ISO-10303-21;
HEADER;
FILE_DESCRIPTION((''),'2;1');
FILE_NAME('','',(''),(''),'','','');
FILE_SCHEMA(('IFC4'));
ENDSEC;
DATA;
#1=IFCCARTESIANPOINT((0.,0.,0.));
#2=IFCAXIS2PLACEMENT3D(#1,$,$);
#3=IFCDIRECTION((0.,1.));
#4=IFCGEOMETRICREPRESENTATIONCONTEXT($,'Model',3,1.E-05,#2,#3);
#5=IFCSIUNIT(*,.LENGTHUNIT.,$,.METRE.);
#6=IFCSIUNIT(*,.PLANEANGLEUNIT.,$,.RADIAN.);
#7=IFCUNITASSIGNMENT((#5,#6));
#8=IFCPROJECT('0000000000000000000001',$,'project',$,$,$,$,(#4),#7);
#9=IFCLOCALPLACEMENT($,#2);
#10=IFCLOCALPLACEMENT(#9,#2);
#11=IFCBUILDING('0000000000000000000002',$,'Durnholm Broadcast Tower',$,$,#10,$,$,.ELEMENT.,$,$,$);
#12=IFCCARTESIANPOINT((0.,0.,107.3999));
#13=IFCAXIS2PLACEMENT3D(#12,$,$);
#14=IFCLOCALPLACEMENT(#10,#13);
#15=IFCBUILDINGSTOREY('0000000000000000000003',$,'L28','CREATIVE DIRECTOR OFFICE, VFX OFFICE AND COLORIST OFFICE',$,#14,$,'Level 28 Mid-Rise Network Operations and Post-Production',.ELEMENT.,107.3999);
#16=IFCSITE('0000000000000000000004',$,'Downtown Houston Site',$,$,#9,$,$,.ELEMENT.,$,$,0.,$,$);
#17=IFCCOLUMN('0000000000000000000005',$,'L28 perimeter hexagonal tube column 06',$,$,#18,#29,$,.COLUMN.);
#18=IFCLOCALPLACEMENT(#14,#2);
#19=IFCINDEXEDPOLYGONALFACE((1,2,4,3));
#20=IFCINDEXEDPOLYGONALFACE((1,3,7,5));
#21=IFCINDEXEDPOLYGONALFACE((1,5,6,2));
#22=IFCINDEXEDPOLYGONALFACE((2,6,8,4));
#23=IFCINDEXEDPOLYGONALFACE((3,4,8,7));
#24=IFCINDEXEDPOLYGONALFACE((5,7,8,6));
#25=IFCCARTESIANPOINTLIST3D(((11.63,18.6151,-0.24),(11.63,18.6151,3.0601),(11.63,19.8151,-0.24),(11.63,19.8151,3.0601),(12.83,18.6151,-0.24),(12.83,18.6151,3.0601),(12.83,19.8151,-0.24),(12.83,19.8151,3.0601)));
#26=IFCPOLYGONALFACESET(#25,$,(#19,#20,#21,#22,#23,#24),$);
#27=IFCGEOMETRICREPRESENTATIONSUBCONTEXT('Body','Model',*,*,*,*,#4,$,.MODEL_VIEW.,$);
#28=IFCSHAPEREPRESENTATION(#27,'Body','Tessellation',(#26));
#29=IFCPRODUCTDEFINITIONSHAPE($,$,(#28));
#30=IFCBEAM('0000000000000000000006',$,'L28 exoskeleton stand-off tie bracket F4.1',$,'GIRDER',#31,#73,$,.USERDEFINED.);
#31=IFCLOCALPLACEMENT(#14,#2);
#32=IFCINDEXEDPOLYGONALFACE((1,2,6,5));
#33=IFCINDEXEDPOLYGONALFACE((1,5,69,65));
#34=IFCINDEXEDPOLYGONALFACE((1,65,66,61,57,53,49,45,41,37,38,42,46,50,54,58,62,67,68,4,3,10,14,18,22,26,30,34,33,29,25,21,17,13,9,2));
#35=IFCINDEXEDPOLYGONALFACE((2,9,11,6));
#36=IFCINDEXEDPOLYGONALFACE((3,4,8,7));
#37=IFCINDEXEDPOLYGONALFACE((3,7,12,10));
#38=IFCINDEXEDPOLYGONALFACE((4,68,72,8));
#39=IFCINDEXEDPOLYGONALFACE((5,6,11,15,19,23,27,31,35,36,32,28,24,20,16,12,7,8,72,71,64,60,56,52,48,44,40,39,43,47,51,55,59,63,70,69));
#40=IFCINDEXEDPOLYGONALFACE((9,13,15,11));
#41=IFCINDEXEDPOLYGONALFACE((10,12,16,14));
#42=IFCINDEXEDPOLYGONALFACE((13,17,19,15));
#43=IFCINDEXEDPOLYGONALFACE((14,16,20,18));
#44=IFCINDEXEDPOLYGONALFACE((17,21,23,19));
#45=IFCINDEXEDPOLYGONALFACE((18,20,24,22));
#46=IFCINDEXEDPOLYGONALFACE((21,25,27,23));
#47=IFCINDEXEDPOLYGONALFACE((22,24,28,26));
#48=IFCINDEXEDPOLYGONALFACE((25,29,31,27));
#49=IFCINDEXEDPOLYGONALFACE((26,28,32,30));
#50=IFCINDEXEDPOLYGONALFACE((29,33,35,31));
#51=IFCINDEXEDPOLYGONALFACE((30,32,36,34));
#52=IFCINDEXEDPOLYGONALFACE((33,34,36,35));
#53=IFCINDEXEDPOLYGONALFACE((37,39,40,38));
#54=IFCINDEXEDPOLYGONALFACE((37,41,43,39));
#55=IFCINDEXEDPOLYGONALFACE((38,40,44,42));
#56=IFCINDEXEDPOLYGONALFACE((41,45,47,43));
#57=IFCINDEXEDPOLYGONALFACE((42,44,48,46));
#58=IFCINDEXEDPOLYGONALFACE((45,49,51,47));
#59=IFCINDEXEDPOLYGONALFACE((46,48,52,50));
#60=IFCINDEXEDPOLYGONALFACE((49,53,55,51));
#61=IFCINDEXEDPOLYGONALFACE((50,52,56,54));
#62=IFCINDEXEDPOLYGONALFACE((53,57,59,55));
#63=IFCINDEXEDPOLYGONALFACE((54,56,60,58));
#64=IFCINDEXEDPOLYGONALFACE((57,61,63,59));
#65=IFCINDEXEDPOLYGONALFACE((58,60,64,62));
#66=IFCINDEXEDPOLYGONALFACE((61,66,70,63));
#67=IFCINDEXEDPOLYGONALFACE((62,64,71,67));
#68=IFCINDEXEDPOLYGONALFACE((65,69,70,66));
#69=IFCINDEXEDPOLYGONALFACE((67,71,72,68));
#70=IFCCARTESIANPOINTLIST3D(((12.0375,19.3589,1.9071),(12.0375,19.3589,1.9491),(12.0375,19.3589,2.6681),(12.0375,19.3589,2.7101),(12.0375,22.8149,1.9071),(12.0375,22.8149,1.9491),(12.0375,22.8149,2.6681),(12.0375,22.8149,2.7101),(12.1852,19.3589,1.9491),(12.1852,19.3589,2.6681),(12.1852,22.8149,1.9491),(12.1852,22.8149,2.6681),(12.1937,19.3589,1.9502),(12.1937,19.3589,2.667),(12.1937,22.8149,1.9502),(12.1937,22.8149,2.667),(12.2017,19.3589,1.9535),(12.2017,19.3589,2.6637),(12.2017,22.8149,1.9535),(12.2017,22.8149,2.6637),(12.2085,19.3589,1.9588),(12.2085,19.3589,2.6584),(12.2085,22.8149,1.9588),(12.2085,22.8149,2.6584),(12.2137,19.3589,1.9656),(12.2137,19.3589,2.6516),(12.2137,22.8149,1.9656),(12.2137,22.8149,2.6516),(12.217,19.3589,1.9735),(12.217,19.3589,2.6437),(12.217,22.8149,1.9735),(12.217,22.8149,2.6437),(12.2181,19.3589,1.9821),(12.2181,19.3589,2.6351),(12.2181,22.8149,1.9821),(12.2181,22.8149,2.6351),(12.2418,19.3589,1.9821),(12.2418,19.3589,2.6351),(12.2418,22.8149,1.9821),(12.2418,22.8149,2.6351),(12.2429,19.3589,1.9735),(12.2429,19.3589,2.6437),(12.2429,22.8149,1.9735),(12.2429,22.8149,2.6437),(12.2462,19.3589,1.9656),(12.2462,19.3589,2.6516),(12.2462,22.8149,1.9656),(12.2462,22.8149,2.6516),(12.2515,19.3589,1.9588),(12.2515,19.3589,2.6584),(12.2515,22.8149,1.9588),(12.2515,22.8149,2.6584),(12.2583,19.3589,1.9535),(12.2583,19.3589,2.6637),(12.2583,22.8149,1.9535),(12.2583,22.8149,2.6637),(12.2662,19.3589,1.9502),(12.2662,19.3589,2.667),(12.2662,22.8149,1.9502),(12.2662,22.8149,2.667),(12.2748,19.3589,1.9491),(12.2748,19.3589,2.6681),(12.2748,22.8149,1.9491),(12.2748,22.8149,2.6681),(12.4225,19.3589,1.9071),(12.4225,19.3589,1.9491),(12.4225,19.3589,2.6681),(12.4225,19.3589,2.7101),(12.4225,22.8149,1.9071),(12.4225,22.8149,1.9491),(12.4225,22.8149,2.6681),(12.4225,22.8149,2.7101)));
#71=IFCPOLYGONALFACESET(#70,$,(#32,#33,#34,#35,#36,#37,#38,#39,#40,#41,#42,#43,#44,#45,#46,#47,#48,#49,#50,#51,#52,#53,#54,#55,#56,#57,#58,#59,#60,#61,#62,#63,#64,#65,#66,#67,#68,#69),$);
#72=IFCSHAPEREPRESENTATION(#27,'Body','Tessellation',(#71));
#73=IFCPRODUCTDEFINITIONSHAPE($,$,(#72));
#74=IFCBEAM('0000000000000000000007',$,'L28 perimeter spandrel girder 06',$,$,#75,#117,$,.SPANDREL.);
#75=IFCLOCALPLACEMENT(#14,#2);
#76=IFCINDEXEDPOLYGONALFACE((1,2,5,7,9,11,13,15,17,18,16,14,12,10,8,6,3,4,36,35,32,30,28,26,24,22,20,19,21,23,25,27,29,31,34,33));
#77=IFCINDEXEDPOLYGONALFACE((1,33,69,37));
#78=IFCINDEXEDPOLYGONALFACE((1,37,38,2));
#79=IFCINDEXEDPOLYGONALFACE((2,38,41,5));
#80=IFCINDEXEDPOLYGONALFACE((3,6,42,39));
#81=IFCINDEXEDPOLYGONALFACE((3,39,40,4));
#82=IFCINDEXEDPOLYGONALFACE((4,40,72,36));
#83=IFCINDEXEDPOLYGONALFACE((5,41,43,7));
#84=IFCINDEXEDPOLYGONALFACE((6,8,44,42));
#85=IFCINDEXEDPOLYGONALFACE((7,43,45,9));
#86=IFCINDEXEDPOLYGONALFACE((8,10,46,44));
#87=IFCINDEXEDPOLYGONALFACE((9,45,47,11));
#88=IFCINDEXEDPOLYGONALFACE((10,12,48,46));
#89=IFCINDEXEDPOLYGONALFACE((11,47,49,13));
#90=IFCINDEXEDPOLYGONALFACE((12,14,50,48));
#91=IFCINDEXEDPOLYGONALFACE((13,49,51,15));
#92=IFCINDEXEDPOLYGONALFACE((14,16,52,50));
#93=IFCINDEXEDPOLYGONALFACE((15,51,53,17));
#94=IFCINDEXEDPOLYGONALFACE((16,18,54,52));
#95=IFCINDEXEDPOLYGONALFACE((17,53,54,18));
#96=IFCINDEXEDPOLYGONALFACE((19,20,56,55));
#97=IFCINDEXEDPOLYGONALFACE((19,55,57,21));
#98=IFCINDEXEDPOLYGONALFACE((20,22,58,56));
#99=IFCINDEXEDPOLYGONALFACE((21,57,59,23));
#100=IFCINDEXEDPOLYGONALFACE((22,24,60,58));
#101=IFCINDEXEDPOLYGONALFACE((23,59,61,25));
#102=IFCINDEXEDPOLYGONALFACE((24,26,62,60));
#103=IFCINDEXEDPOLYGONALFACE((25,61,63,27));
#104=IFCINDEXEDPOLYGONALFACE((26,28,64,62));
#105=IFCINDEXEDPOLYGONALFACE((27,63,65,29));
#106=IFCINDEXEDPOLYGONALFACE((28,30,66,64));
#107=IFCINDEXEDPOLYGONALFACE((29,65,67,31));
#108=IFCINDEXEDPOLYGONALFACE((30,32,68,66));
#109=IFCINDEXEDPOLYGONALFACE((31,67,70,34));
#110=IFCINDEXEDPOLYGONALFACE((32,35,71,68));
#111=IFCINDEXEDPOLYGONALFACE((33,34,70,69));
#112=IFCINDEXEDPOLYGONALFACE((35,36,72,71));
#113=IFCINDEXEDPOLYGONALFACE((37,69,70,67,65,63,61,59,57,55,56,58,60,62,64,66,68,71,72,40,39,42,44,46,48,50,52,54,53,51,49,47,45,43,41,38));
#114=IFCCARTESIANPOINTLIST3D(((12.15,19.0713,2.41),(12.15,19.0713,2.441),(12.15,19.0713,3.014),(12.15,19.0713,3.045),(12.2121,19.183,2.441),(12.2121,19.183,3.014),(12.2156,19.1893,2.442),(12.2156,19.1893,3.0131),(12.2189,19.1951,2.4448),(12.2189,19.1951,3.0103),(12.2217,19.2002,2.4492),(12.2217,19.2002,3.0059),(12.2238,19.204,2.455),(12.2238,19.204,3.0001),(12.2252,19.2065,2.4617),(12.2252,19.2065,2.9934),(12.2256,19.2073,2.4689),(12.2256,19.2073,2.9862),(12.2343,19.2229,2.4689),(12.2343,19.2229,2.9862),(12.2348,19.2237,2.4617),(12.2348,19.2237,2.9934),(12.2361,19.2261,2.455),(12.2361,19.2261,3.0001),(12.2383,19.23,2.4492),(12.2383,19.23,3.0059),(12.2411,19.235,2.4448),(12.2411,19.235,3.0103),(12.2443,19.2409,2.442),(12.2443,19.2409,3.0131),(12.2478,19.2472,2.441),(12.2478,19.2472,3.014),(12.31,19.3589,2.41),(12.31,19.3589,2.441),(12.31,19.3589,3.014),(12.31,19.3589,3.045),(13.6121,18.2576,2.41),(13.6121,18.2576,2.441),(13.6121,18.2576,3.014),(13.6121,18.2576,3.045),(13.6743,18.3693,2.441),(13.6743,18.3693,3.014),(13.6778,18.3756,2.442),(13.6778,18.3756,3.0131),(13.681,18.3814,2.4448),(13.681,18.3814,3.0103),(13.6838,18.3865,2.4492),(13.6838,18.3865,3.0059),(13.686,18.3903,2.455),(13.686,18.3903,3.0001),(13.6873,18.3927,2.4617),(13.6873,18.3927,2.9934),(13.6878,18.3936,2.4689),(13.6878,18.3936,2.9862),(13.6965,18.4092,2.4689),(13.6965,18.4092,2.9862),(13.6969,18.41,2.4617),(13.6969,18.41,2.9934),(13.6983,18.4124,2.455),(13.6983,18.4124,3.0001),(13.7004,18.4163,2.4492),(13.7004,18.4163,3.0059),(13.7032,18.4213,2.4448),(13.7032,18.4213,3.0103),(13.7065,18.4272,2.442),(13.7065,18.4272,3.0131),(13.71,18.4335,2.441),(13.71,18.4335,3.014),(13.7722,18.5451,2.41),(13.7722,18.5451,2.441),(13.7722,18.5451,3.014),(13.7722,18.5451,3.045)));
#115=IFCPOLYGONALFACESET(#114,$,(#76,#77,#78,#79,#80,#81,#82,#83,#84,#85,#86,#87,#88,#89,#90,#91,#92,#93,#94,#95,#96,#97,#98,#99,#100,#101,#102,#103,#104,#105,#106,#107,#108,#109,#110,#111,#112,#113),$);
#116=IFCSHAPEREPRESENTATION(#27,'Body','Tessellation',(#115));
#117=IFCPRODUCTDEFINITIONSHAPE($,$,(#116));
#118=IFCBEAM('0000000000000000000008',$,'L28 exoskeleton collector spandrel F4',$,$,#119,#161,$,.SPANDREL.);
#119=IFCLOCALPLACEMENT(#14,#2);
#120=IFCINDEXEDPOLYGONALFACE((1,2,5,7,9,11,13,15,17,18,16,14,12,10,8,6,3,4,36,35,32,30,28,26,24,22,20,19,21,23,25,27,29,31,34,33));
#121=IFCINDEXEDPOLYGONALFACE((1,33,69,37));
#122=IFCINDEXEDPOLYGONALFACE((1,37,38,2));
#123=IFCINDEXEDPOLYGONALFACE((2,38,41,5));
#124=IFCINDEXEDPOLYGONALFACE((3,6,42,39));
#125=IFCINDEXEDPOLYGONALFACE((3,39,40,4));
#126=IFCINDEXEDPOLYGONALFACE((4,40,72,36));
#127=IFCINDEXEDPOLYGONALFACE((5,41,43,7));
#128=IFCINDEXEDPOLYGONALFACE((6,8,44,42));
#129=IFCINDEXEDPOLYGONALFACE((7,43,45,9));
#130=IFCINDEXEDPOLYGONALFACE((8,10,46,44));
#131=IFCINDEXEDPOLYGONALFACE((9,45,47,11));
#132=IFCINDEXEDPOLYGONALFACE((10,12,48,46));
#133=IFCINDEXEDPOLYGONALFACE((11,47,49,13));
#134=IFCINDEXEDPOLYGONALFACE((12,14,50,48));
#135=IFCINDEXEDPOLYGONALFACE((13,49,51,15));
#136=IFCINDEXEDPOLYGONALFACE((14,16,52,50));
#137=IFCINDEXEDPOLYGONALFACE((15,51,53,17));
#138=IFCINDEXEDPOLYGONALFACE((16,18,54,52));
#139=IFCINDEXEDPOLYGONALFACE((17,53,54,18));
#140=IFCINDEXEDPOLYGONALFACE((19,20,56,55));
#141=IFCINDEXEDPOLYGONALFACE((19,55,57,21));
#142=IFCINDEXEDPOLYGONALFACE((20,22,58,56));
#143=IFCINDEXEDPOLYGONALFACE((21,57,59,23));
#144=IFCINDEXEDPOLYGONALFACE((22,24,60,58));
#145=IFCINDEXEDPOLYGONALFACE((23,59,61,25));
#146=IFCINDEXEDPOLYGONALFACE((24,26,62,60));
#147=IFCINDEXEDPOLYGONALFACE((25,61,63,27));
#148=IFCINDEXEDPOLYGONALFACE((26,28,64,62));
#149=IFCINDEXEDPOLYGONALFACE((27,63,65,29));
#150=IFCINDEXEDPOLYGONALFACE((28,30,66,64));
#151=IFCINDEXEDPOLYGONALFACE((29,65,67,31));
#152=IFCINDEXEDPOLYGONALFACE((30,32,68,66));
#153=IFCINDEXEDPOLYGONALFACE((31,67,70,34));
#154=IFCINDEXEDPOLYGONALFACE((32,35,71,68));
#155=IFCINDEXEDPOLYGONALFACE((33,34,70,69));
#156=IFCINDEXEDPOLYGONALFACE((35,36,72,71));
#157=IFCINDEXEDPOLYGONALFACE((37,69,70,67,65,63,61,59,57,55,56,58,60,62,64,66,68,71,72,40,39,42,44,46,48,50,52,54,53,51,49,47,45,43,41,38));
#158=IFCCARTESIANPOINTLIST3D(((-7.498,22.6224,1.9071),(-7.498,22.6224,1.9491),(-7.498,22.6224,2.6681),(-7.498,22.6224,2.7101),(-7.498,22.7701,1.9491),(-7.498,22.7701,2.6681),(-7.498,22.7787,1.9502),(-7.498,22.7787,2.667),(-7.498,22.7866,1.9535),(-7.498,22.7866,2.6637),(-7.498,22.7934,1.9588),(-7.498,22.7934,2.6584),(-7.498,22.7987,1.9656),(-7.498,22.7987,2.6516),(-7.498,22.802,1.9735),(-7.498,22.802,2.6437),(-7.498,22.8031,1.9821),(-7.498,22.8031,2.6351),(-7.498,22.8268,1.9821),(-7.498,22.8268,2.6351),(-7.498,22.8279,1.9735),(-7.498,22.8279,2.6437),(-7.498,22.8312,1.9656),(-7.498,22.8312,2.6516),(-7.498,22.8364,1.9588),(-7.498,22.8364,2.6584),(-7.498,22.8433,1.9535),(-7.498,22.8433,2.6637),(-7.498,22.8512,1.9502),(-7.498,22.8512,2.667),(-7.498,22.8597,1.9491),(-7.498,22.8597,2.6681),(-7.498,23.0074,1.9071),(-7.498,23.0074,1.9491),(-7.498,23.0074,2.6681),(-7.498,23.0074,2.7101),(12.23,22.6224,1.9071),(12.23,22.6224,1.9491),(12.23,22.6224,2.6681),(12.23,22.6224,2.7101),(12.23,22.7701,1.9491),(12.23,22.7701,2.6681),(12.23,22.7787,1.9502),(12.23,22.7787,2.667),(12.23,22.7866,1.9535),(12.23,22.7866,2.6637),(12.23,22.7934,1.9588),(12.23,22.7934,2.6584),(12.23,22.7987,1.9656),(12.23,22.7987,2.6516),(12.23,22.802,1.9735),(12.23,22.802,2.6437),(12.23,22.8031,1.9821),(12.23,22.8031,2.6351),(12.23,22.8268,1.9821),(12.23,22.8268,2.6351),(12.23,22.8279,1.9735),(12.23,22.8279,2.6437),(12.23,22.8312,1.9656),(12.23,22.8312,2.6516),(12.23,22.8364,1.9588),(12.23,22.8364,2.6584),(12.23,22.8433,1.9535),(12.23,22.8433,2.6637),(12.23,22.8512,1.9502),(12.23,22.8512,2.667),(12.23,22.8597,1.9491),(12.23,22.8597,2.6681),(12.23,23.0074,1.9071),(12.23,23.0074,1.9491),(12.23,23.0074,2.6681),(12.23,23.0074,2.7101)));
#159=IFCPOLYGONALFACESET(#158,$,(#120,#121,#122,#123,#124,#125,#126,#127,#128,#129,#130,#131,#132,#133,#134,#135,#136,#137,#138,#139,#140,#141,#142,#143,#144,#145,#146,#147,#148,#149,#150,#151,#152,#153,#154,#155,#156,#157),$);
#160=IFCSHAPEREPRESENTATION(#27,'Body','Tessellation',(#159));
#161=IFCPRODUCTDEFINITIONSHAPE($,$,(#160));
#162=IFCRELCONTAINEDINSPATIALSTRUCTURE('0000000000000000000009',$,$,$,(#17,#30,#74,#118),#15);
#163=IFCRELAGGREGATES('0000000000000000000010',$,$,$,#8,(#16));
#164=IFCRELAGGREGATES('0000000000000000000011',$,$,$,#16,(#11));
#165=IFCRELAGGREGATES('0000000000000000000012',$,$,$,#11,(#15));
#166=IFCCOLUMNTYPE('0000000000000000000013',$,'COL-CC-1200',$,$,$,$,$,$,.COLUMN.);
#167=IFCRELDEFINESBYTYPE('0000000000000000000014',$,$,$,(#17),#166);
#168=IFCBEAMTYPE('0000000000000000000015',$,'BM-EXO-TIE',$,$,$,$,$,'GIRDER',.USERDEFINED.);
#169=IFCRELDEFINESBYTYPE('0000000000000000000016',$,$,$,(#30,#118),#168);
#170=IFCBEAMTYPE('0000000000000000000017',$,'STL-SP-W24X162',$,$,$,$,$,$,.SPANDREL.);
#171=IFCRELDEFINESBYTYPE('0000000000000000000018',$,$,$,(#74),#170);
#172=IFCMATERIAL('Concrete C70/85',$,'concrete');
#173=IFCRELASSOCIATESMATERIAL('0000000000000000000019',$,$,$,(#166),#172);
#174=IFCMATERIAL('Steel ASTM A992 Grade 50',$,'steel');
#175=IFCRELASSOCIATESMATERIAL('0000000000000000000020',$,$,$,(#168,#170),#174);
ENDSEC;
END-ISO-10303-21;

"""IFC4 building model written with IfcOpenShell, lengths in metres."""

from ifc_helpers import new_model, si_unit, direction, frame, origin, origin_2d, place, context, subcontext, project, spatial, rectangle, i_section, extrude, source, transform, mapped, material, material_profile, profile_set, type_object, type_shapes, element, save


model = new_model("IFC4")

# Units and contexts
model_context = context("Model", 3, precision=1e-05, world=origin(), true_north=direction((0.0, 1.0)))
body_context = subcontext(model_context, "Body", "Model", "MODEL_VIEW")
ifc_project = project(units=[si_unit("LENGTHUNIT", "METRE"), si_unit("PLANEANGLEUNIT", "RADIAN")], contexts=[model_context])

# Site, building, storey
site_placement = place(None, origin())
site = spatial("IfcSite", under=ifc_project, at=site_placement, Name="Downtown Houston Site", CompositionType="ELEMENT", RefElevation=0.0)
building_placement = place(site_placement, origin())
building = spatial("IfcBuilding", under=site, at=building_placement, Name="Durnholm Broadcast Tower", CompositionType="ELEMENT")
storey_placement = place(building_placement, frame((0.0, 0.0, 107.3999)))
storey = spatial("IfcBuildingStorey", under=building, at=storey_placement, Name="L28", Description="CREATIVE DIRECTOR OFFICE, VFX OFFICE AND COLORIST OFFICE", LongName="Level 28 Mid-Rise Network Operations and Post-Production", CompositionType="ELEMENT", Elevation=107.3999)

# Column
ifc_material_1 = material(Name="Concrete C70/85", Category="concrete")
ifc_material_profile_1 = material_profile(ifc_material_1, rectangle(XDim=1.2, YDim=1.2, at=origin_2d()), Name="RC1200X1200")
ifc_profile_set_1 = profile_set([ifc_material_profile_1], Name="Concrete C70/85")
column_type = type_object("IfcColumnType", Name="COL-CC-1200", PredefinedType="COLUMN", material=ifc_profile_set_1)
shared_shape_1 = source(origin(), body_context, "Body", "SweptSolid", [
    extrude(rectangle(XDim=1.2, YDim=1.2, at=origin_2d()), origin(), (0.0, 0.0, 1.0), 3.3),
])
type_shapes(column_type, [shared_shape_1])
column_placement = place(storey_placement, frame((12.23, 19.2151, -0.24), z_axis=(0.0, 0.0, 1.0), x_axis=(1.0, 0.0, 0.0)))
element("IfcColumn", 1, at=column_placement, inside=storey, type_object=column_type, Name="L28 perimeter hexagonal tube column 06", PredefinedType="COLUMN", context=body_context, shape_type="MappedRepresentation", body=[
    mapped(shared_shape_1, transform((0.0, 0.0, 0.0), x_axis=(1.0, 0.0, 0.0), y_axis=(0.0, 1.0, 0.0), z_axis=(0.0, 0.0, 1.0), scale=1.0)),
])

# Beams
ifc_material_2 = material(Name="Steel ASTM A992 Grade 50", Category="steel")
ifc_material_profile_2 = material_profile(ifc_material_2, i_section(OverallWidth=0.385, OverallDepth=0.803, WebThickness=0.0237, FlangeThickness=0.042, FilletRadius=0.033, at=origin_2d()), Name="W30X261")
ifc_profile_set_2 = profile_set([ifc_material_profile_2], Name="Steel ASTM A992 Grade 50")
beam_type_1 = type_object("IfcBeamType", Name="BM-EXO-TIE", ElementType="GIRDER", PredefinedType="USERDEFINED", material=ifc_profile_set_2)
shared_shape_2 = source(origin(), body_context, "Body", "SweptSolid", [
    extrude(i_section(OverallWidth=0.385, OverallDepth=0.803, WebThickness=0.0237, FlangeThickness=0.042, FilletRadius=0.033, at=origin_2d()), origin(), (0.0, 0.0, 1.0), 3.4561),
])
beam_1_placement = place(storey_placement, frame((12.23, 19.3589, 2.3086), z_axis=(0.0, 1.0, 0.0), x_axis=(-1.0, 0.0, 0.0)))
element("IfcBeam", 2, at=beam_1_placement, inside=storey, type_object=beam_type_1, Name="L28 exoskeleton stand-off tie bracket F4.1", ObjectType="GIRDER", PredefinedType="USERDEFINED", context=body_context, shape_type="MappedRepresentation", body=[
    mapped(shared_shape_2, transform((0.0, 0.0, 0.0), x_axis=(1.0, 0.0, 0.0), y_axis=(0.0, 1.0, 0.0), z_axis=(0.0, 0.0, 1.0), scale=1.0)),
])
ifc_material_profile_3 = material_profile(ifc_material_2, i_section(OverallWidth=0.3291, OverallDepth=0.635, WebThickness=0.0178, FlangeThickness=0.031, FilletRadius=0.0278, at=origin_2d()), Name="W24X162")
ifc_profile_set_3 = profile_set([ifc_material_profile_3], Name="Steel ASTM A992 Grade 50")
beam_type_2 = type_object("IfcBeamType", Name="STL-SP-W24X162", PredefinedType="SPANDREL", material=ifc_profile_set_3)
shared_shape_3 = source(origin(), body_context, "Body", "SweptSolid", [
    extrude(i_section(OverallWidth=0.3291, OverallDepth=0.635, WebThickness=0.0178, FlangeThickness=0.031, FilletRadius=0.0278, at=origin_2d()), origin(), (0.0, 0.0, 1.0), 1.6733),
])
type_shapes(beam_type_2, [shared_shape_3])
beam_2_placement = place(storey_placement, frame((12.23, 19.2151, 2.7275), z_axis=(0.873799, -0.486287, 0.0), x_axis=(0.486287, 0.873799, 0.0)))
element("IfcBeam", 3, at=beam_2_placement, inside=storey, type_object=beam_type_2, Name="L28 perimeter spandrel girder 06", PredefinedType="SPANDREL", context=body_context, shape_type="MappedRepresentation", body=[
    mapped(shared_shape_3, transform((0.0, 0.0, 0.0), x_axis=(1.0, 0.0, 0.0), y_axis=(0.0, 1.0, 0.0), z_axis=(0.0, 0.0, 1.0), scale=1.0)),
])
shared_shape_4 = source(origin(), body_context, "Body", "SweptSolid", [
    extrude(i_section(OverallWidth=0.385, OverallDepth=0.803, WebThickness=0.0237, FlangeThickness=0.042, FilletRadius=0.033, at=origin_2d()), origin(), (0.0, 0.0, 1.0), 19.728),
])
type_shapes(beam_type_1, [shared_shape_2, shared_shape_4])
beam_3_placement = place(storey_placement, frame((12.23, 22.8149, 2.3086), z_axis=(-1.0, 0.0, 0.0), x_axis=(0.0, -1.0, 0.0)))
element("IfcBeam", 4, at=beam_3_placement, inside=storey, type_object=beam_type_1, Name="L28 exoskeleton collector spandrel F4", PredefinedType="SPANDREL", context=body_context, shape_type="MappedRepresentation", body=[
    mapped(shared_shape_4, transform((0.0, 0.0, 0.0), x_axis=(1.0, 0.0, 0.0), y_axis=(0.0, 1.0, 0.0), z_axis=(0.0, 0.0, 1.0), scale=1.0)),
])

save(model, "model.ifc")
